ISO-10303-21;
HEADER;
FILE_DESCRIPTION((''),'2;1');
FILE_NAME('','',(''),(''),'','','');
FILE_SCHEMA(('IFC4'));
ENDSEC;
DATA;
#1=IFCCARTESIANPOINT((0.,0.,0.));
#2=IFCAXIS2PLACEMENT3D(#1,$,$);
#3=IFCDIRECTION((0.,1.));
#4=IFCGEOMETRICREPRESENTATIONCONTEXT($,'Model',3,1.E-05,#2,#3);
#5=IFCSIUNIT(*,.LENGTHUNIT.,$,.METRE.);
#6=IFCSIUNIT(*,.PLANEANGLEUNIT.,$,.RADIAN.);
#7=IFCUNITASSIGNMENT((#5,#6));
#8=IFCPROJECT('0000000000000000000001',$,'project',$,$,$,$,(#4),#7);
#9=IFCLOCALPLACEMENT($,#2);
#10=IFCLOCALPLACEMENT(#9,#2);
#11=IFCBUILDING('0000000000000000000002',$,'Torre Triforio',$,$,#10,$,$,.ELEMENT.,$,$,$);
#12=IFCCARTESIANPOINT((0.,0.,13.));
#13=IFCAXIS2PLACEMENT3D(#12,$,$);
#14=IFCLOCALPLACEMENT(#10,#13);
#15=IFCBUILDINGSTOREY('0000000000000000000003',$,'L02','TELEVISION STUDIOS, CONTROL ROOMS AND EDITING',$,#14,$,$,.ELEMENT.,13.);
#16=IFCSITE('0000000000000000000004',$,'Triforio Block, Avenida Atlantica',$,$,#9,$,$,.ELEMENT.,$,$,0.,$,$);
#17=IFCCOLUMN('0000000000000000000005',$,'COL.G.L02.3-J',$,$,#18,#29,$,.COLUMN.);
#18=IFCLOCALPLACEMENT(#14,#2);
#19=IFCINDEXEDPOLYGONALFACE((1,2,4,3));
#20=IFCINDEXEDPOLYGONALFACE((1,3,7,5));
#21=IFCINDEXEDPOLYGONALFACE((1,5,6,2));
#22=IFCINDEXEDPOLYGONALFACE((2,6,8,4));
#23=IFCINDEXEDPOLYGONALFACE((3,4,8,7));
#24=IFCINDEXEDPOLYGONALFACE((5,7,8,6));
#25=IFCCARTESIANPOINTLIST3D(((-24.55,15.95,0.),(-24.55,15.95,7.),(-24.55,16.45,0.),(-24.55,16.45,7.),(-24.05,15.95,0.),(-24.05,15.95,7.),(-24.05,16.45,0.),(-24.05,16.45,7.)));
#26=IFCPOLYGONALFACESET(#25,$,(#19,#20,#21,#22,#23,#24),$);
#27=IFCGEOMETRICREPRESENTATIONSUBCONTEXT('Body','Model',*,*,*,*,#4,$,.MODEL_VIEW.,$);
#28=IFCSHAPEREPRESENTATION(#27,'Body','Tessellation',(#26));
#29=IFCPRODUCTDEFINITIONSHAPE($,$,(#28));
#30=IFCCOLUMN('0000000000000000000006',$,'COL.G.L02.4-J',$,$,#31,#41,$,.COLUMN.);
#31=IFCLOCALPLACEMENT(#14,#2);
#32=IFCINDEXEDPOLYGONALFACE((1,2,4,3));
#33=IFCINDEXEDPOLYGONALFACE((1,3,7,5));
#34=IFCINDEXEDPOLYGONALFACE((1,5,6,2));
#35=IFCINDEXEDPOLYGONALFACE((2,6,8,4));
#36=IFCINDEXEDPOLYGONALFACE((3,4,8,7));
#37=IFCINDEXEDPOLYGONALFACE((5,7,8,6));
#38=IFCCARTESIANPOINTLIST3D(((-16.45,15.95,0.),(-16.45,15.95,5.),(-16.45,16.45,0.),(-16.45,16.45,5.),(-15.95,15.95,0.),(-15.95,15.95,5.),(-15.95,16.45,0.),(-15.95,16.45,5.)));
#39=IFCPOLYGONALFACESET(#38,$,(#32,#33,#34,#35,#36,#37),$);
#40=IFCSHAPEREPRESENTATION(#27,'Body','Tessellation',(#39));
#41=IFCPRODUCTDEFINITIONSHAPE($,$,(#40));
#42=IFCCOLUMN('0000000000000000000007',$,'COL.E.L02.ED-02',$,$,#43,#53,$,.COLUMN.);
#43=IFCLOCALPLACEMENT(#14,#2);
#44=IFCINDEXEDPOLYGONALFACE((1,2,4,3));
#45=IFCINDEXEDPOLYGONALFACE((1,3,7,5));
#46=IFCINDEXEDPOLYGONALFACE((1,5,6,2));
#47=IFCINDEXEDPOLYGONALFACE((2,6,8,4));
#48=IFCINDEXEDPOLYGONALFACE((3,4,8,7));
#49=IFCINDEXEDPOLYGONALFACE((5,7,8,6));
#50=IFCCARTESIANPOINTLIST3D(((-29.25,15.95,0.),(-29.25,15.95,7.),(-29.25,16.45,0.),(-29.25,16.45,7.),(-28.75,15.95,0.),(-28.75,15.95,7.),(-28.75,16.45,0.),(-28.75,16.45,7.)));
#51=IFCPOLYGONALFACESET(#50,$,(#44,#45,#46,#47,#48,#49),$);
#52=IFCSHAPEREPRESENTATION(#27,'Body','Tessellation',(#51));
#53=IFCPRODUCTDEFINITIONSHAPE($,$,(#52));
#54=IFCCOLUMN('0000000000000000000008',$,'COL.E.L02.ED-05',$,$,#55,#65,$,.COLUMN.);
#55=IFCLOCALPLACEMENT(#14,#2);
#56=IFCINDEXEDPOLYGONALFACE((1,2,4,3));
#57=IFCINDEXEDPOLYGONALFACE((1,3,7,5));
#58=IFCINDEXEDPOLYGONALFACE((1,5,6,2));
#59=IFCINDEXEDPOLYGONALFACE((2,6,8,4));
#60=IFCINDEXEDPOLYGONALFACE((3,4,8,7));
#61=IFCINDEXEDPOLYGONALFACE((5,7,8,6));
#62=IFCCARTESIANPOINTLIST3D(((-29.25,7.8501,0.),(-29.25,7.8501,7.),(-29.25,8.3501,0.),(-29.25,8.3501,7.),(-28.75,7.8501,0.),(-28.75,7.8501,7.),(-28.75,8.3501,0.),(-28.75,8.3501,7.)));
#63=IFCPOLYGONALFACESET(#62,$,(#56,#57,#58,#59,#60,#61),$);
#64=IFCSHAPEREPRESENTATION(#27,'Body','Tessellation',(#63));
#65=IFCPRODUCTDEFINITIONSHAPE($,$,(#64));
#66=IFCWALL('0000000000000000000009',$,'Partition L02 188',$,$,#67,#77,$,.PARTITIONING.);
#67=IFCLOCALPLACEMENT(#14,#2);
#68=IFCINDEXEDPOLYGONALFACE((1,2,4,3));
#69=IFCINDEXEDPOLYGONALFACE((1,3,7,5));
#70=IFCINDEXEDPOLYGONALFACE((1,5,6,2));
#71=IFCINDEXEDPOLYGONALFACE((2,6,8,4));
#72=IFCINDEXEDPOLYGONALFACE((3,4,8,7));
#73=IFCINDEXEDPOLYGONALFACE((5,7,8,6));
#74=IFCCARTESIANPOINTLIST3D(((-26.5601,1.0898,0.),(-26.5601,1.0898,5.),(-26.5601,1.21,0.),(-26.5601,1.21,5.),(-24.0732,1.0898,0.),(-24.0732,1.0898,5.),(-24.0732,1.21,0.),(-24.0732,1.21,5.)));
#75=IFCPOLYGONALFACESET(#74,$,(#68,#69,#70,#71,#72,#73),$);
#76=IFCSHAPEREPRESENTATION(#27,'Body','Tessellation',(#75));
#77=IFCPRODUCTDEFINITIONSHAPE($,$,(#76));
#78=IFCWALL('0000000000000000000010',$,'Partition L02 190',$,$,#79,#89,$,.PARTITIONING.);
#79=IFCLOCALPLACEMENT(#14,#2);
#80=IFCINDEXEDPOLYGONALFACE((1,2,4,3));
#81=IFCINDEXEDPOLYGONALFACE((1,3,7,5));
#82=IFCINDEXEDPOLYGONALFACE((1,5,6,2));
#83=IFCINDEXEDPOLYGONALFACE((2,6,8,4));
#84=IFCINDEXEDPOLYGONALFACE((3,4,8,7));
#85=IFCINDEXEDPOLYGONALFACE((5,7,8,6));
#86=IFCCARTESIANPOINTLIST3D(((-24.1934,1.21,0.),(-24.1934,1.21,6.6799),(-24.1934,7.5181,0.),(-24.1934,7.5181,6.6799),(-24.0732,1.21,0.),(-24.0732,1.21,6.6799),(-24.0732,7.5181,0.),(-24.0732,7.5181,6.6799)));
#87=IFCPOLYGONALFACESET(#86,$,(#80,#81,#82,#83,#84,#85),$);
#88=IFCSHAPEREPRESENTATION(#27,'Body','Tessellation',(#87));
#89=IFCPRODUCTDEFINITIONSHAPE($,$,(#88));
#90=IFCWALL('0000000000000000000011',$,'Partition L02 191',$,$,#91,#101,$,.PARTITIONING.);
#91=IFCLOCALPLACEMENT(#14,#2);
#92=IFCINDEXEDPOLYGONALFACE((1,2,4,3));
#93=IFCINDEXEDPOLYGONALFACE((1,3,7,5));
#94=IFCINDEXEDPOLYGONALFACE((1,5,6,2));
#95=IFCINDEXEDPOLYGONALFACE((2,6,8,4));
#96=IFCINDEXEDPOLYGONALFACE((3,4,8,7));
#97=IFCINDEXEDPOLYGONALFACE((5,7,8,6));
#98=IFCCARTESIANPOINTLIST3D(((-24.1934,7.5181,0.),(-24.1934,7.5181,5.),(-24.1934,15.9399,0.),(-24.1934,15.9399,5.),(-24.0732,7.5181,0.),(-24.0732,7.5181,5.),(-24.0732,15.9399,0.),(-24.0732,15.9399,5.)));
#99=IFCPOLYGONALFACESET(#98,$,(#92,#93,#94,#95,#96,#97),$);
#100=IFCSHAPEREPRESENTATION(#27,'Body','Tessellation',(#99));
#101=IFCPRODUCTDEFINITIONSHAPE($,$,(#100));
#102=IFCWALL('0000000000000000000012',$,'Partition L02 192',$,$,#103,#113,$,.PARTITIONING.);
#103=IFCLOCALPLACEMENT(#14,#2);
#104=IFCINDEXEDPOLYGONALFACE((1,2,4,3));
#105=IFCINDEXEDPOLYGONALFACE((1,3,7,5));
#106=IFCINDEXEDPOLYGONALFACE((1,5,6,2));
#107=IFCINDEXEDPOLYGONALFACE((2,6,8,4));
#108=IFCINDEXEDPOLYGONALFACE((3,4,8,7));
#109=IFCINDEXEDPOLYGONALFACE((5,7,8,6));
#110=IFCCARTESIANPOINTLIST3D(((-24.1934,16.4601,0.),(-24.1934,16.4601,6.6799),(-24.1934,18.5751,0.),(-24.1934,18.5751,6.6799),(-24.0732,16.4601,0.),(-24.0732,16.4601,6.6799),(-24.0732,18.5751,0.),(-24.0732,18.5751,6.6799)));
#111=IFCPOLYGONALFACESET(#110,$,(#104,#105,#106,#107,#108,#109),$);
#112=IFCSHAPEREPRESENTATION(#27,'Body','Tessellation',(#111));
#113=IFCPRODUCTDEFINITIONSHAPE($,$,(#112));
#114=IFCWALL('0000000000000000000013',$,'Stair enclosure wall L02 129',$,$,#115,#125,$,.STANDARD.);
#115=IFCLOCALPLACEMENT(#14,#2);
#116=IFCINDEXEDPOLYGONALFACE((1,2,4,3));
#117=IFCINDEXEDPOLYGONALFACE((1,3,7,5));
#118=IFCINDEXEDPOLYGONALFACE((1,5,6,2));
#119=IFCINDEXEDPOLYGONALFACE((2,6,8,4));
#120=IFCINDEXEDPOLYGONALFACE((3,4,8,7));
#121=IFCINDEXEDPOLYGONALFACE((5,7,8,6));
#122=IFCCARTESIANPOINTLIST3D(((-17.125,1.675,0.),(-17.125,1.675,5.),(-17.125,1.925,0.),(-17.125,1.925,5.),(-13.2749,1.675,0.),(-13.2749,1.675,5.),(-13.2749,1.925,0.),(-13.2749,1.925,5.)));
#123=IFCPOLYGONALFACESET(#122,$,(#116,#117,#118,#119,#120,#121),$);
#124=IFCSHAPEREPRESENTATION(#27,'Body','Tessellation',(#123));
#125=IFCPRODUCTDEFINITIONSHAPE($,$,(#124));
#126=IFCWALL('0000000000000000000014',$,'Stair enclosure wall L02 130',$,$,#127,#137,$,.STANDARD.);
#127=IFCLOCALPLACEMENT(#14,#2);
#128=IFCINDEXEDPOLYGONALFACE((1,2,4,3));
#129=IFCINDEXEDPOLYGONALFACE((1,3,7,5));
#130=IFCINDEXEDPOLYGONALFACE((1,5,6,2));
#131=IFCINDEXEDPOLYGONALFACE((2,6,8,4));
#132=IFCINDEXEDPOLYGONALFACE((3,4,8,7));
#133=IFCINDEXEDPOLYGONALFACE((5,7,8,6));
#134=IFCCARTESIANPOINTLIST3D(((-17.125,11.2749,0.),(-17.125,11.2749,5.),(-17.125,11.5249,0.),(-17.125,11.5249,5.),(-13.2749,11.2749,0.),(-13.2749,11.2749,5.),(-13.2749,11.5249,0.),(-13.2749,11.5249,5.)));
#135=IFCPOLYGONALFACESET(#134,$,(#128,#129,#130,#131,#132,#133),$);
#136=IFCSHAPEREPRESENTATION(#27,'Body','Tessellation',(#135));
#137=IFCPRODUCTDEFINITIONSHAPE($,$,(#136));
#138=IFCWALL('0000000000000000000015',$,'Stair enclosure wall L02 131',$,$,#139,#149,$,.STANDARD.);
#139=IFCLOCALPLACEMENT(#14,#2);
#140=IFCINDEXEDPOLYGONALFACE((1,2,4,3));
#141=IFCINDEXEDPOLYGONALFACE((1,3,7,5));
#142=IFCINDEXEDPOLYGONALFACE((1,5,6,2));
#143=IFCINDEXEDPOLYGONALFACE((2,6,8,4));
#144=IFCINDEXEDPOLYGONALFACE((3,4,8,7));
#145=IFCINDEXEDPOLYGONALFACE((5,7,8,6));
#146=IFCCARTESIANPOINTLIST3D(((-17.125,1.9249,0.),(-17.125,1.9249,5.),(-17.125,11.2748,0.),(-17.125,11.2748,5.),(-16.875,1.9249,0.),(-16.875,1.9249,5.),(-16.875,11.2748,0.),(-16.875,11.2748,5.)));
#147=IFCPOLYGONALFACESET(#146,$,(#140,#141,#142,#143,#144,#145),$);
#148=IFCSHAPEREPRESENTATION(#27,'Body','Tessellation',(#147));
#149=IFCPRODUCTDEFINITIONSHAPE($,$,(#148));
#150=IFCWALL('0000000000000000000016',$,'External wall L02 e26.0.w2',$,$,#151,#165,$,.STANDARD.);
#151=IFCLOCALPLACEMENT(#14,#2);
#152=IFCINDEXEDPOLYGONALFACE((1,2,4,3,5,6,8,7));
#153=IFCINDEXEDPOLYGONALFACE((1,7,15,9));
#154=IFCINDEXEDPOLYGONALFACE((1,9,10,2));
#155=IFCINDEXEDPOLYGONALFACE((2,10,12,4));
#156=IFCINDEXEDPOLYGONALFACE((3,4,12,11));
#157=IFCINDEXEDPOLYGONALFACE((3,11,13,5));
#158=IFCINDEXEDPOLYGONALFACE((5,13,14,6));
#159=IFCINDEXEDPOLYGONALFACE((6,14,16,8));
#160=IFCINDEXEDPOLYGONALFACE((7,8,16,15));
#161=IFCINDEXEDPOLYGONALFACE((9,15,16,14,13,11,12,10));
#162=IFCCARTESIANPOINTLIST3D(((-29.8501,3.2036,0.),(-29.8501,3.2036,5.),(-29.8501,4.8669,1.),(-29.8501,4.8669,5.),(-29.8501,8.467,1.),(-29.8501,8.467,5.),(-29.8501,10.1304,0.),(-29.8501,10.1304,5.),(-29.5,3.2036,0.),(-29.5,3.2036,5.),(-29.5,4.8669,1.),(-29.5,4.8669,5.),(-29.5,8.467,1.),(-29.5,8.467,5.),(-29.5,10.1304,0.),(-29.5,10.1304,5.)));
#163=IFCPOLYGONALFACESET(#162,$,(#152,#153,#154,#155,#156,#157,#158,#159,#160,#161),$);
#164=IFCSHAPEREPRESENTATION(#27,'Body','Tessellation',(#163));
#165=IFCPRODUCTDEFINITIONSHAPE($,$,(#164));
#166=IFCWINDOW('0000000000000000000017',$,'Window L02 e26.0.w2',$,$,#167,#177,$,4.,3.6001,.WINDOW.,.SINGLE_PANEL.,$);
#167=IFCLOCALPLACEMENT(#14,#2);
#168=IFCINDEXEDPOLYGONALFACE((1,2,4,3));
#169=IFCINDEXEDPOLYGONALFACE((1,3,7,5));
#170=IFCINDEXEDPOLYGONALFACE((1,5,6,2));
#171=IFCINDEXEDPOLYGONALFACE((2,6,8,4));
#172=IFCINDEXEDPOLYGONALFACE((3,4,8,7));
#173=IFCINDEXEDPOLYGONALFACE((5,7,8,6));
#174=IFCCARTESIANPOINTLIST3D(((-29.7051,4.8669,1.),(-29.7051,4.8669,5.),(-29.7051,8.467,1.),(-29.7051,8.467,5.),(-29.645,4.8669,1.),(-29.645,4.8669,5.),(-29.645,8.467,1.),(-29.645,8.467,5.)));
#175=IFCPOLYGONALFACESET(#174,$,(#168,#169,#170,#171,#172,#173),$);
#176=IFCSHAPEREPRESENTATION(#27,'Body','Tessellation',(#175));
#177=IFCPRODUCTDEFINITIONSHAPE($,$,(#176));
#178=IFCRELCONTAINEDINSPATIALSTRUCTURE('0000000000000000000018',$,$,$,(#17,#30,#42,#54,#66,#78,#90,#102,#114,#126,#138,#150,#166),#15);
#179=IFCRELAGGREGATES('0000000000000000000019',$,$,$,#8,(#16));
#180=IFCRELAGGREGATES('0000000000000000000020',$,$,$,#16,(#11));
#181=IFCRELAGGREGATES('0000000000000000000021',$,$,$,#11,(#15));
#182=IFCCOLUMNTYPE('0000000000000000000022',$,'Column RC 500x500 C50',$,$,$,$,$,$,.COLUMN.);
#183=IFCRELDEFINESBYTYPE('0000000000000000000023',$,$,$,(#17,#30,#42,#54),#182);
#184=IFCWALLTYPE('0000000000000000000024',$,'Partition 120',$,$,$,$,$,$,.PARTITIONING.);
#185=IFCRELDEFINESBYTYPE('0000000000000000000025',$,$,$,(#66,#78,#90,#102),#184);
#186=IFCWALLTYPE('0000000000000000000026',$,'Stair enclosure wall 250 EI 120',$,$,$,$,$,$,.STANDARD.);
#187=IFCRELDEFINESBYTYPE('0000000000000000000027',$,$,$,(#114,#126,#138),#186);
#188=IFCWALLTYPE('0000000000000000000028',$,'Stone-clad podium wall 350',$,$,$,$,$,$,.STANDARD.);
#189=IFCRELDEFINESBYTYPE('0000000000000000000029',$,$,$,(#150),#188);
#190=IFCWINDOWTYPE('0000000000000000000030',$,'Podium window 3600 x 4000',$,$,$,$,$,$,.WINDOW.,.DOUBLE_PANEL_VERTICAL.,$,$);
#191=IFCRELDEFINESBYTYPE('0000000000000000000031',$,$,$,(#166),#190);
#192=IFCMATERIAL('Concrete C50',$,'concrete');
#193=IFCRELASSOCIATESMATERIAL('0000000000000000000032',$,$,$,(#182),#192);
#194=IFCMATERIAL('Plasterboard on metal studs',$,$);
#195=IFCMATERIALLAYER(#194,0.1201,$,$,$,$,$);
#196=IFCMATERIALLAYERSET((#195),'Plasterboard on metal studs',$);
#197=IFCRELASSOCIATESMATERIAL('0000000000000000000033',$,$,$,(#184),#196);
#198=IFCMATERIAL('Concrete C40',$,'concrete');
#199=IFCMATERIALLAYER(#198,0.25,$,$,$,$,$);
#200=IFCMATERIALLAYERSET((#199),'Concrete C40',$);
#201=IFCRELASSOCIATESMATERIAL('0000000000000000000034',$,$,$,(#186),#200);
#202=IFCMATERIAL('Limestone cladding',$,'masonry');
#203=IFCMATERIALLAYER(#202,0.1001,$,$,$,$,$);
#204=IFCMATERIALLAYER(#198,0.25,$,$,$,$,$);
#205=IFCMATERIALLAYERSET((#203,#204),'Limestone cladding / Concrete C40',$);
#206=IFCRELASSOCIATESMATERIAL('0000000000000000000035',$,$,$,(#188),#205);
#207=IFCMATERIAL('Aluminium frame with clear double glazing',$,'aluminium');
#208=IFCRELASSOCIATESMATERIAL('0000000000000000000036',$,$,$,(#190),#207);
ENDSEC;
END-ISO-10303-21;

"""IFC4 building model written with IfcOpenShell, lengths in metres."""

from ifc_helpers import new_model, si_unit, direction, frame, frame_2d, origin, origin_2d, place, context, subcontext, project, spatial, rectangle, extrude, material, layer, layer_set, material_profile, profile_set, type_object, element, fill, save


model = new_model("IFC4")

# Units and contexts
model_context = context("Model", 3, precision=1e-05, world=origin(), true_north=direction((0.0, 1.0)))
body_context = subcontext(model_context, "Body", "Model", "MODEL_VIEW")
ifc_project = project(units=[si_unit("LENGTHUNIT", "METRE"), si_unit("PLANEANGLEUNIT", "RADIAN")], contexts=[model_context])

# Site, building, storey
site_placement = place(None, origin())
site = spatial("IfcSite", under=ifc_project, at=site_placement, Name="Triforio Block, Avenida Atlantica", CompositionType="ELEMENT", RefElevation=0.0)
building_placement = place(site_placement, origin())
building = spatial("IfcBuilding", under=site, at=building_placement, Name="Torre Triforio", CompositionType="ELEMENT")
storey_placement = place(building_placement, frame((0.0, 0.0, 13.0)))
storey = spatial("IfcBuildingStorey", under=building, at=storey_placement, Name="L02", Description="TELEVISION STUDIOS, CONTROL ROOMS AND EDITING", CompositionType="ELEMENT", Elevation=13.0)

# Columns
ifc_material_1 = material(Name="Concrete C50", Category="concrete")
ifc_material_profile = material_profile(ifc_material_1, rectangle(XDim=0.5, YDim=0.5, at=origin_2d()), Name="RC 500x500")
ifc_profile_set = profile_set([ifc_material_profile], Name="Concrete C50")
column_type = type_object("IfcColumnType", Name="Column RC 500x500 C50", PredefinedType="COLUMN", material=ifc_profile_set)
column_1_placement = place(storey_placement, frame((-24.3, 16.2, 0.0), z_axis=(0.0, 0.0, 1.0), x_axis=(1.0, 0.0, 0.0)))
element("IfcColumn", 1, at=column_1_placement, inside=storey, type_object=column_type, Name="COL.G.L02.3-J", PredefinedType="COLUMN", context=body_context, shape_type="SweptSolid", body=[
    extrude(rectangle(XDim=0.5, YDim=0.5, at=origin_2d()), origin(), (0.0, 0.0, 1.0), 7.0),
])
column_2_placement = place(storey_placement, frame((-16.2, 16.2, 0.0), z_axis=(0.0, 0.0, 1.0), x_axis=(1.0, 0.0, 0.0)))
element("IfcColumn", 2, at=column_2_placement, inside=storey, type_object=column_type, Name="COL.G.L02.4-J", PredefinedType="COLUMN", context=body_context, shape_type="SweptSolid", body=[
    extrude(rectangle(XDim=0.5, YDim=0.5, at=origin_2d()), origin(), (0.0, 0.0, 1.0), 5.0),
])
for number, where, z_axis, x_axis, name in (
    (3, (-29.0, 16.2, 0.0), (0.0, 0.0, 1.0), (1.0, 0.0, 0.0), "COL.E.L02.ED-02"),
    (4, (-29.0, 8.1001, 0.0), (0.0, 0.0, 1.0), (1.0, 0.0, 0.0), "COL.E.L02.ED-05"),
):
    element("IfcColumn", number, at=place(storey_placement, frame(where, z_axis=z_axis, x_axis=x_axis)), inside=storey, type_object=column_type, Name=name, PredefinedType="COLUMN", context=body_context, shape_type="SweptSolid", body=[
        extrude(rectangle(XDim=0.5, YDim=0.5, at=origin_2d()), origin(), (0.0, 0.0, 1.0), 7.0),
    ])

# Walls
ifc_material_2 = material(Name="Plasterboard on metal studs")
ifc_layer_1 = layer(ifc_material_2, 0.1201)
ifc_layer_set_1 = layer_set([ifc_layer_1], Name="Plasterboard on metal studs")
wall_type_1 = type_object("IfcWallType", Name="Partition 120", PredefinedType="PARTITIONING", material=ifc_layer_set_1)
wall_1_placement = place(storey_placement, frame((-26.5601, 1.1499, 0.0), z_axis=(0.0, 0.0, 1.0), x_axis=(1.0, 0.0, 0.0)))
element("IfcWall", 5, at=wall_1_placement, inside=storey, type_object=wall_type_1, Name="Partition L02 188", PredefinedType="PARTITIONING", context=body_context, shape_type="SweptSolid", body=[
    extrude(rectangle(XDim=2.4868, YDim=0.1201, at=frame_2d((1.2434, 0.0))), origin(), (0.0, 0.0, 1.0), 5.0),
])
wall_2_placement = place(storey_placement, frame((-24.1333, 1.21, 0.0), z_axis=(0.0, 0.0, 1.0), x_axis=(0.0, 1.0, 0.0)))
element("IfcWall", 6, at=wall_2_placement, inside=storey, type_object=wall_type_1, Name="Partition L02 190", PredefinedType="PARTITIONING", context=body_context, shape_type="SweptSolid", body=[
    extrude(rectangle(XDim=6.3081, YDim=0.1201, at=frame_2d((3.1541, 0.0))), origin(), (0.0, 0.0, 1.0), 6.6799),
])
wall_3_placement = place(storey_placement, frame((-24.1333, 7.5181, 0.0), z_axis=(0.0, 0.0, 1.0), x_axis=(0.0, 1.0, 0.0)))
element("IfcWall", 7, at=wall_3_placement, inside=storey, type_object=wall_type_1, Name="Partition L02 191", PredefinedType="PARTITIONING", context=body_context, shape_type="SweptSolid", body=[
    extrude(rectangle(XDim=8.4219, YDim=0.1201, at=frame_2d((4.2109, 0.0))), origin(), (0.0, 0.0, 1.0), 5.0),
])
wall_4_placement = place(storey_placement, frame((-24.1333, 16.46, 0.0), z_axis=(0.0, 0.0, 1.0), x_axis=(0.0, 1.0, 0.0)))
element("IfcWall", 8, at=wall_4_placement, inside=storey, type_object=wall_type_1, Name="Partition L02 192", PredefinedType="PARTITIONING", context=body_context, shape_type="SweptSolid", body=[
    extrude(rectangle(XDim=2.115, YDim=0.1201, at=frame_2d((1.0576, 0.0))), origin(), (0.0, 0.0, 1.0), 6.6799),
])
ifc_material_3 = material(Name="Concrete C40", Category="concrete")
ifc_layer_2 = layer(ifc_material_3, 0.25)
ifc_layer_set_2 = layer_set([ifc_layer_2], Name="Concrete C40")
wall_type_2 = type_object("IfcWallType", Name="Stair enclosure wall 250 EI 120", PredefinedType="STANDARD", material=ifc_layer_set_2)
for number, where, z_axis, x_axis, name in (
    (9, (-17.125, 1.8, 0.0), (0.0, 0.0, 1.0), (1.0, 0.0, 0.0), "Stair enclosure wall L02 129"),
    (10, (-17.125, 11.3999, 0.0), (0.0, 0.0, 1.0), (1.0, 0.0, 0.0), "Stair enclosure wall L02 130"),
):
    element("IfcWall", number, at=place(storey_placement, frame(where, z_axis=z_axis, x_axis=x_axis)), inside=storey, type_object=wall_type_2, Name=name, PredefinedType="STANDARD", context=body_context, shape_type="SweptSolid", body=[
        extrude(rectangle(XDim=3.8501, YDim=0.25, at=frame_2d((1.925, 0.0))), origin(), (0.0, 0.0, 1.0), 5.0),
    ])
wall_5_placement = place(storey_placement, frame((-17.0, 1.925, 0.0), z_axis=(0.0, 0.0, 1.0), x_axis=(0.0, 1.0, 0.0)))
element("IfcWall", 11, at=wall_5_placement, inside=storey, type_object=wall_type_2, Name="Stair enclosure wall L02 131", PredefinedType="STANDARD", context=body_context, shape_type="SweptSolid", body=[
    extrude(rectangle(XDim=9.3499, YDim=0.25, at=frame_2d((4.6748, 0.0))), origin(), (0.0, 0.0, 1.0), 5.0),
])

# Wall, opening, window
ifc_material_4 = material(Name="Limestone cladding", Category="masonry")
ifc_layer_3 = layer(ifc_material_4, 0.1001)
ifc_layer_4 = layer(ifc_material_3, 0.25)
ifc_layer_set_3 = layer_set([ifc_layer_3, ifc_layer_4], Name="Limestone cladding / Concrete C40")
wall_type_3 = type_object("IfcWallType", Name="Stone-clad podium wall 350", PredefinedType="STANDARD", material=ifc_layer_set_3)
wall_6_placement = place(storey_placement, frame((-29.675, 10.1304, 0.0), z_axis=(0.0, 0.0, 1.0), x_axis=(0.0, -1.0, 0.0)))
wall_6 = element("IfcWall", 12, at=wall_6_placement, inside=storey, type_object=wall_type_3, Name="External wall L02 e26.0.w2", PredefinedType="STANDARD", context=body_context, shape_type="SweptSolid", body=[
    extrude(rectangle(XDim=6.9268, YDim=0.3501, at=frame_2d((3.4634, 0.0))), origin(), (0.0, 0.0, 1.0), 5.0),
])
opening_1_placement = place(wall_6_placement, frame((1.6633, 0.0, 1.0)))
opening_1 = element("IfcOpeningElement", 13, at=opening_1_placement, cuts=wall_6, PredefinedType="OPENING", context=body_context, shape_type="SweptSolid", body=[
    extrude(rectangle(XDim=3.6001, YDim=4.0, at=frame_2d((1.8, 2.0))), frame((0.0, 0.1851, 0.0), z_axis=(0.0, -1.0, 0.0), x_axis=(1.0, 0.0, 0.0)), (0.0, 0.0, 1.0), 0.3701),
])
ifc_material_5 = material(Name="Aluminium frame with clear double glazing", Category="aluminium")
window_type = type_object("IfcWindowType", Name="Podium window 3600 x 4000", PartitioningType="DOUBLE_PANEL_VERTICAL", PredefinedType="WINDOW", material=ifc_material_5)
window_1_placement = place(opening_1_placement, origin())
window_1 = element("IfcWindow", 14, at=window_1_placement, inside=storey, type_object=window_type, Name="Window L02 e26.0.w2", OverallHeight=4.0, OverallWidth=3.6001, PartitioningType="SINGLE_PANEL", PredefinedType="WINDOW", context=body_context, shape_type="SweptSolid", body=[
    extrude(rectangle(XDim=3.6001, YDim=4.0, at=frame_2d((1.8, 2.0))), frame((0.0, 0.03, 0.0), z_axis=(0.0, -1.0, 0.0), x_axis=(1.0, 0.0, 0.0)), (0.0, 0.0, 1.0), 0.0601),
])
fill(opening_1, window_1)

save(model, "model.ifc")
